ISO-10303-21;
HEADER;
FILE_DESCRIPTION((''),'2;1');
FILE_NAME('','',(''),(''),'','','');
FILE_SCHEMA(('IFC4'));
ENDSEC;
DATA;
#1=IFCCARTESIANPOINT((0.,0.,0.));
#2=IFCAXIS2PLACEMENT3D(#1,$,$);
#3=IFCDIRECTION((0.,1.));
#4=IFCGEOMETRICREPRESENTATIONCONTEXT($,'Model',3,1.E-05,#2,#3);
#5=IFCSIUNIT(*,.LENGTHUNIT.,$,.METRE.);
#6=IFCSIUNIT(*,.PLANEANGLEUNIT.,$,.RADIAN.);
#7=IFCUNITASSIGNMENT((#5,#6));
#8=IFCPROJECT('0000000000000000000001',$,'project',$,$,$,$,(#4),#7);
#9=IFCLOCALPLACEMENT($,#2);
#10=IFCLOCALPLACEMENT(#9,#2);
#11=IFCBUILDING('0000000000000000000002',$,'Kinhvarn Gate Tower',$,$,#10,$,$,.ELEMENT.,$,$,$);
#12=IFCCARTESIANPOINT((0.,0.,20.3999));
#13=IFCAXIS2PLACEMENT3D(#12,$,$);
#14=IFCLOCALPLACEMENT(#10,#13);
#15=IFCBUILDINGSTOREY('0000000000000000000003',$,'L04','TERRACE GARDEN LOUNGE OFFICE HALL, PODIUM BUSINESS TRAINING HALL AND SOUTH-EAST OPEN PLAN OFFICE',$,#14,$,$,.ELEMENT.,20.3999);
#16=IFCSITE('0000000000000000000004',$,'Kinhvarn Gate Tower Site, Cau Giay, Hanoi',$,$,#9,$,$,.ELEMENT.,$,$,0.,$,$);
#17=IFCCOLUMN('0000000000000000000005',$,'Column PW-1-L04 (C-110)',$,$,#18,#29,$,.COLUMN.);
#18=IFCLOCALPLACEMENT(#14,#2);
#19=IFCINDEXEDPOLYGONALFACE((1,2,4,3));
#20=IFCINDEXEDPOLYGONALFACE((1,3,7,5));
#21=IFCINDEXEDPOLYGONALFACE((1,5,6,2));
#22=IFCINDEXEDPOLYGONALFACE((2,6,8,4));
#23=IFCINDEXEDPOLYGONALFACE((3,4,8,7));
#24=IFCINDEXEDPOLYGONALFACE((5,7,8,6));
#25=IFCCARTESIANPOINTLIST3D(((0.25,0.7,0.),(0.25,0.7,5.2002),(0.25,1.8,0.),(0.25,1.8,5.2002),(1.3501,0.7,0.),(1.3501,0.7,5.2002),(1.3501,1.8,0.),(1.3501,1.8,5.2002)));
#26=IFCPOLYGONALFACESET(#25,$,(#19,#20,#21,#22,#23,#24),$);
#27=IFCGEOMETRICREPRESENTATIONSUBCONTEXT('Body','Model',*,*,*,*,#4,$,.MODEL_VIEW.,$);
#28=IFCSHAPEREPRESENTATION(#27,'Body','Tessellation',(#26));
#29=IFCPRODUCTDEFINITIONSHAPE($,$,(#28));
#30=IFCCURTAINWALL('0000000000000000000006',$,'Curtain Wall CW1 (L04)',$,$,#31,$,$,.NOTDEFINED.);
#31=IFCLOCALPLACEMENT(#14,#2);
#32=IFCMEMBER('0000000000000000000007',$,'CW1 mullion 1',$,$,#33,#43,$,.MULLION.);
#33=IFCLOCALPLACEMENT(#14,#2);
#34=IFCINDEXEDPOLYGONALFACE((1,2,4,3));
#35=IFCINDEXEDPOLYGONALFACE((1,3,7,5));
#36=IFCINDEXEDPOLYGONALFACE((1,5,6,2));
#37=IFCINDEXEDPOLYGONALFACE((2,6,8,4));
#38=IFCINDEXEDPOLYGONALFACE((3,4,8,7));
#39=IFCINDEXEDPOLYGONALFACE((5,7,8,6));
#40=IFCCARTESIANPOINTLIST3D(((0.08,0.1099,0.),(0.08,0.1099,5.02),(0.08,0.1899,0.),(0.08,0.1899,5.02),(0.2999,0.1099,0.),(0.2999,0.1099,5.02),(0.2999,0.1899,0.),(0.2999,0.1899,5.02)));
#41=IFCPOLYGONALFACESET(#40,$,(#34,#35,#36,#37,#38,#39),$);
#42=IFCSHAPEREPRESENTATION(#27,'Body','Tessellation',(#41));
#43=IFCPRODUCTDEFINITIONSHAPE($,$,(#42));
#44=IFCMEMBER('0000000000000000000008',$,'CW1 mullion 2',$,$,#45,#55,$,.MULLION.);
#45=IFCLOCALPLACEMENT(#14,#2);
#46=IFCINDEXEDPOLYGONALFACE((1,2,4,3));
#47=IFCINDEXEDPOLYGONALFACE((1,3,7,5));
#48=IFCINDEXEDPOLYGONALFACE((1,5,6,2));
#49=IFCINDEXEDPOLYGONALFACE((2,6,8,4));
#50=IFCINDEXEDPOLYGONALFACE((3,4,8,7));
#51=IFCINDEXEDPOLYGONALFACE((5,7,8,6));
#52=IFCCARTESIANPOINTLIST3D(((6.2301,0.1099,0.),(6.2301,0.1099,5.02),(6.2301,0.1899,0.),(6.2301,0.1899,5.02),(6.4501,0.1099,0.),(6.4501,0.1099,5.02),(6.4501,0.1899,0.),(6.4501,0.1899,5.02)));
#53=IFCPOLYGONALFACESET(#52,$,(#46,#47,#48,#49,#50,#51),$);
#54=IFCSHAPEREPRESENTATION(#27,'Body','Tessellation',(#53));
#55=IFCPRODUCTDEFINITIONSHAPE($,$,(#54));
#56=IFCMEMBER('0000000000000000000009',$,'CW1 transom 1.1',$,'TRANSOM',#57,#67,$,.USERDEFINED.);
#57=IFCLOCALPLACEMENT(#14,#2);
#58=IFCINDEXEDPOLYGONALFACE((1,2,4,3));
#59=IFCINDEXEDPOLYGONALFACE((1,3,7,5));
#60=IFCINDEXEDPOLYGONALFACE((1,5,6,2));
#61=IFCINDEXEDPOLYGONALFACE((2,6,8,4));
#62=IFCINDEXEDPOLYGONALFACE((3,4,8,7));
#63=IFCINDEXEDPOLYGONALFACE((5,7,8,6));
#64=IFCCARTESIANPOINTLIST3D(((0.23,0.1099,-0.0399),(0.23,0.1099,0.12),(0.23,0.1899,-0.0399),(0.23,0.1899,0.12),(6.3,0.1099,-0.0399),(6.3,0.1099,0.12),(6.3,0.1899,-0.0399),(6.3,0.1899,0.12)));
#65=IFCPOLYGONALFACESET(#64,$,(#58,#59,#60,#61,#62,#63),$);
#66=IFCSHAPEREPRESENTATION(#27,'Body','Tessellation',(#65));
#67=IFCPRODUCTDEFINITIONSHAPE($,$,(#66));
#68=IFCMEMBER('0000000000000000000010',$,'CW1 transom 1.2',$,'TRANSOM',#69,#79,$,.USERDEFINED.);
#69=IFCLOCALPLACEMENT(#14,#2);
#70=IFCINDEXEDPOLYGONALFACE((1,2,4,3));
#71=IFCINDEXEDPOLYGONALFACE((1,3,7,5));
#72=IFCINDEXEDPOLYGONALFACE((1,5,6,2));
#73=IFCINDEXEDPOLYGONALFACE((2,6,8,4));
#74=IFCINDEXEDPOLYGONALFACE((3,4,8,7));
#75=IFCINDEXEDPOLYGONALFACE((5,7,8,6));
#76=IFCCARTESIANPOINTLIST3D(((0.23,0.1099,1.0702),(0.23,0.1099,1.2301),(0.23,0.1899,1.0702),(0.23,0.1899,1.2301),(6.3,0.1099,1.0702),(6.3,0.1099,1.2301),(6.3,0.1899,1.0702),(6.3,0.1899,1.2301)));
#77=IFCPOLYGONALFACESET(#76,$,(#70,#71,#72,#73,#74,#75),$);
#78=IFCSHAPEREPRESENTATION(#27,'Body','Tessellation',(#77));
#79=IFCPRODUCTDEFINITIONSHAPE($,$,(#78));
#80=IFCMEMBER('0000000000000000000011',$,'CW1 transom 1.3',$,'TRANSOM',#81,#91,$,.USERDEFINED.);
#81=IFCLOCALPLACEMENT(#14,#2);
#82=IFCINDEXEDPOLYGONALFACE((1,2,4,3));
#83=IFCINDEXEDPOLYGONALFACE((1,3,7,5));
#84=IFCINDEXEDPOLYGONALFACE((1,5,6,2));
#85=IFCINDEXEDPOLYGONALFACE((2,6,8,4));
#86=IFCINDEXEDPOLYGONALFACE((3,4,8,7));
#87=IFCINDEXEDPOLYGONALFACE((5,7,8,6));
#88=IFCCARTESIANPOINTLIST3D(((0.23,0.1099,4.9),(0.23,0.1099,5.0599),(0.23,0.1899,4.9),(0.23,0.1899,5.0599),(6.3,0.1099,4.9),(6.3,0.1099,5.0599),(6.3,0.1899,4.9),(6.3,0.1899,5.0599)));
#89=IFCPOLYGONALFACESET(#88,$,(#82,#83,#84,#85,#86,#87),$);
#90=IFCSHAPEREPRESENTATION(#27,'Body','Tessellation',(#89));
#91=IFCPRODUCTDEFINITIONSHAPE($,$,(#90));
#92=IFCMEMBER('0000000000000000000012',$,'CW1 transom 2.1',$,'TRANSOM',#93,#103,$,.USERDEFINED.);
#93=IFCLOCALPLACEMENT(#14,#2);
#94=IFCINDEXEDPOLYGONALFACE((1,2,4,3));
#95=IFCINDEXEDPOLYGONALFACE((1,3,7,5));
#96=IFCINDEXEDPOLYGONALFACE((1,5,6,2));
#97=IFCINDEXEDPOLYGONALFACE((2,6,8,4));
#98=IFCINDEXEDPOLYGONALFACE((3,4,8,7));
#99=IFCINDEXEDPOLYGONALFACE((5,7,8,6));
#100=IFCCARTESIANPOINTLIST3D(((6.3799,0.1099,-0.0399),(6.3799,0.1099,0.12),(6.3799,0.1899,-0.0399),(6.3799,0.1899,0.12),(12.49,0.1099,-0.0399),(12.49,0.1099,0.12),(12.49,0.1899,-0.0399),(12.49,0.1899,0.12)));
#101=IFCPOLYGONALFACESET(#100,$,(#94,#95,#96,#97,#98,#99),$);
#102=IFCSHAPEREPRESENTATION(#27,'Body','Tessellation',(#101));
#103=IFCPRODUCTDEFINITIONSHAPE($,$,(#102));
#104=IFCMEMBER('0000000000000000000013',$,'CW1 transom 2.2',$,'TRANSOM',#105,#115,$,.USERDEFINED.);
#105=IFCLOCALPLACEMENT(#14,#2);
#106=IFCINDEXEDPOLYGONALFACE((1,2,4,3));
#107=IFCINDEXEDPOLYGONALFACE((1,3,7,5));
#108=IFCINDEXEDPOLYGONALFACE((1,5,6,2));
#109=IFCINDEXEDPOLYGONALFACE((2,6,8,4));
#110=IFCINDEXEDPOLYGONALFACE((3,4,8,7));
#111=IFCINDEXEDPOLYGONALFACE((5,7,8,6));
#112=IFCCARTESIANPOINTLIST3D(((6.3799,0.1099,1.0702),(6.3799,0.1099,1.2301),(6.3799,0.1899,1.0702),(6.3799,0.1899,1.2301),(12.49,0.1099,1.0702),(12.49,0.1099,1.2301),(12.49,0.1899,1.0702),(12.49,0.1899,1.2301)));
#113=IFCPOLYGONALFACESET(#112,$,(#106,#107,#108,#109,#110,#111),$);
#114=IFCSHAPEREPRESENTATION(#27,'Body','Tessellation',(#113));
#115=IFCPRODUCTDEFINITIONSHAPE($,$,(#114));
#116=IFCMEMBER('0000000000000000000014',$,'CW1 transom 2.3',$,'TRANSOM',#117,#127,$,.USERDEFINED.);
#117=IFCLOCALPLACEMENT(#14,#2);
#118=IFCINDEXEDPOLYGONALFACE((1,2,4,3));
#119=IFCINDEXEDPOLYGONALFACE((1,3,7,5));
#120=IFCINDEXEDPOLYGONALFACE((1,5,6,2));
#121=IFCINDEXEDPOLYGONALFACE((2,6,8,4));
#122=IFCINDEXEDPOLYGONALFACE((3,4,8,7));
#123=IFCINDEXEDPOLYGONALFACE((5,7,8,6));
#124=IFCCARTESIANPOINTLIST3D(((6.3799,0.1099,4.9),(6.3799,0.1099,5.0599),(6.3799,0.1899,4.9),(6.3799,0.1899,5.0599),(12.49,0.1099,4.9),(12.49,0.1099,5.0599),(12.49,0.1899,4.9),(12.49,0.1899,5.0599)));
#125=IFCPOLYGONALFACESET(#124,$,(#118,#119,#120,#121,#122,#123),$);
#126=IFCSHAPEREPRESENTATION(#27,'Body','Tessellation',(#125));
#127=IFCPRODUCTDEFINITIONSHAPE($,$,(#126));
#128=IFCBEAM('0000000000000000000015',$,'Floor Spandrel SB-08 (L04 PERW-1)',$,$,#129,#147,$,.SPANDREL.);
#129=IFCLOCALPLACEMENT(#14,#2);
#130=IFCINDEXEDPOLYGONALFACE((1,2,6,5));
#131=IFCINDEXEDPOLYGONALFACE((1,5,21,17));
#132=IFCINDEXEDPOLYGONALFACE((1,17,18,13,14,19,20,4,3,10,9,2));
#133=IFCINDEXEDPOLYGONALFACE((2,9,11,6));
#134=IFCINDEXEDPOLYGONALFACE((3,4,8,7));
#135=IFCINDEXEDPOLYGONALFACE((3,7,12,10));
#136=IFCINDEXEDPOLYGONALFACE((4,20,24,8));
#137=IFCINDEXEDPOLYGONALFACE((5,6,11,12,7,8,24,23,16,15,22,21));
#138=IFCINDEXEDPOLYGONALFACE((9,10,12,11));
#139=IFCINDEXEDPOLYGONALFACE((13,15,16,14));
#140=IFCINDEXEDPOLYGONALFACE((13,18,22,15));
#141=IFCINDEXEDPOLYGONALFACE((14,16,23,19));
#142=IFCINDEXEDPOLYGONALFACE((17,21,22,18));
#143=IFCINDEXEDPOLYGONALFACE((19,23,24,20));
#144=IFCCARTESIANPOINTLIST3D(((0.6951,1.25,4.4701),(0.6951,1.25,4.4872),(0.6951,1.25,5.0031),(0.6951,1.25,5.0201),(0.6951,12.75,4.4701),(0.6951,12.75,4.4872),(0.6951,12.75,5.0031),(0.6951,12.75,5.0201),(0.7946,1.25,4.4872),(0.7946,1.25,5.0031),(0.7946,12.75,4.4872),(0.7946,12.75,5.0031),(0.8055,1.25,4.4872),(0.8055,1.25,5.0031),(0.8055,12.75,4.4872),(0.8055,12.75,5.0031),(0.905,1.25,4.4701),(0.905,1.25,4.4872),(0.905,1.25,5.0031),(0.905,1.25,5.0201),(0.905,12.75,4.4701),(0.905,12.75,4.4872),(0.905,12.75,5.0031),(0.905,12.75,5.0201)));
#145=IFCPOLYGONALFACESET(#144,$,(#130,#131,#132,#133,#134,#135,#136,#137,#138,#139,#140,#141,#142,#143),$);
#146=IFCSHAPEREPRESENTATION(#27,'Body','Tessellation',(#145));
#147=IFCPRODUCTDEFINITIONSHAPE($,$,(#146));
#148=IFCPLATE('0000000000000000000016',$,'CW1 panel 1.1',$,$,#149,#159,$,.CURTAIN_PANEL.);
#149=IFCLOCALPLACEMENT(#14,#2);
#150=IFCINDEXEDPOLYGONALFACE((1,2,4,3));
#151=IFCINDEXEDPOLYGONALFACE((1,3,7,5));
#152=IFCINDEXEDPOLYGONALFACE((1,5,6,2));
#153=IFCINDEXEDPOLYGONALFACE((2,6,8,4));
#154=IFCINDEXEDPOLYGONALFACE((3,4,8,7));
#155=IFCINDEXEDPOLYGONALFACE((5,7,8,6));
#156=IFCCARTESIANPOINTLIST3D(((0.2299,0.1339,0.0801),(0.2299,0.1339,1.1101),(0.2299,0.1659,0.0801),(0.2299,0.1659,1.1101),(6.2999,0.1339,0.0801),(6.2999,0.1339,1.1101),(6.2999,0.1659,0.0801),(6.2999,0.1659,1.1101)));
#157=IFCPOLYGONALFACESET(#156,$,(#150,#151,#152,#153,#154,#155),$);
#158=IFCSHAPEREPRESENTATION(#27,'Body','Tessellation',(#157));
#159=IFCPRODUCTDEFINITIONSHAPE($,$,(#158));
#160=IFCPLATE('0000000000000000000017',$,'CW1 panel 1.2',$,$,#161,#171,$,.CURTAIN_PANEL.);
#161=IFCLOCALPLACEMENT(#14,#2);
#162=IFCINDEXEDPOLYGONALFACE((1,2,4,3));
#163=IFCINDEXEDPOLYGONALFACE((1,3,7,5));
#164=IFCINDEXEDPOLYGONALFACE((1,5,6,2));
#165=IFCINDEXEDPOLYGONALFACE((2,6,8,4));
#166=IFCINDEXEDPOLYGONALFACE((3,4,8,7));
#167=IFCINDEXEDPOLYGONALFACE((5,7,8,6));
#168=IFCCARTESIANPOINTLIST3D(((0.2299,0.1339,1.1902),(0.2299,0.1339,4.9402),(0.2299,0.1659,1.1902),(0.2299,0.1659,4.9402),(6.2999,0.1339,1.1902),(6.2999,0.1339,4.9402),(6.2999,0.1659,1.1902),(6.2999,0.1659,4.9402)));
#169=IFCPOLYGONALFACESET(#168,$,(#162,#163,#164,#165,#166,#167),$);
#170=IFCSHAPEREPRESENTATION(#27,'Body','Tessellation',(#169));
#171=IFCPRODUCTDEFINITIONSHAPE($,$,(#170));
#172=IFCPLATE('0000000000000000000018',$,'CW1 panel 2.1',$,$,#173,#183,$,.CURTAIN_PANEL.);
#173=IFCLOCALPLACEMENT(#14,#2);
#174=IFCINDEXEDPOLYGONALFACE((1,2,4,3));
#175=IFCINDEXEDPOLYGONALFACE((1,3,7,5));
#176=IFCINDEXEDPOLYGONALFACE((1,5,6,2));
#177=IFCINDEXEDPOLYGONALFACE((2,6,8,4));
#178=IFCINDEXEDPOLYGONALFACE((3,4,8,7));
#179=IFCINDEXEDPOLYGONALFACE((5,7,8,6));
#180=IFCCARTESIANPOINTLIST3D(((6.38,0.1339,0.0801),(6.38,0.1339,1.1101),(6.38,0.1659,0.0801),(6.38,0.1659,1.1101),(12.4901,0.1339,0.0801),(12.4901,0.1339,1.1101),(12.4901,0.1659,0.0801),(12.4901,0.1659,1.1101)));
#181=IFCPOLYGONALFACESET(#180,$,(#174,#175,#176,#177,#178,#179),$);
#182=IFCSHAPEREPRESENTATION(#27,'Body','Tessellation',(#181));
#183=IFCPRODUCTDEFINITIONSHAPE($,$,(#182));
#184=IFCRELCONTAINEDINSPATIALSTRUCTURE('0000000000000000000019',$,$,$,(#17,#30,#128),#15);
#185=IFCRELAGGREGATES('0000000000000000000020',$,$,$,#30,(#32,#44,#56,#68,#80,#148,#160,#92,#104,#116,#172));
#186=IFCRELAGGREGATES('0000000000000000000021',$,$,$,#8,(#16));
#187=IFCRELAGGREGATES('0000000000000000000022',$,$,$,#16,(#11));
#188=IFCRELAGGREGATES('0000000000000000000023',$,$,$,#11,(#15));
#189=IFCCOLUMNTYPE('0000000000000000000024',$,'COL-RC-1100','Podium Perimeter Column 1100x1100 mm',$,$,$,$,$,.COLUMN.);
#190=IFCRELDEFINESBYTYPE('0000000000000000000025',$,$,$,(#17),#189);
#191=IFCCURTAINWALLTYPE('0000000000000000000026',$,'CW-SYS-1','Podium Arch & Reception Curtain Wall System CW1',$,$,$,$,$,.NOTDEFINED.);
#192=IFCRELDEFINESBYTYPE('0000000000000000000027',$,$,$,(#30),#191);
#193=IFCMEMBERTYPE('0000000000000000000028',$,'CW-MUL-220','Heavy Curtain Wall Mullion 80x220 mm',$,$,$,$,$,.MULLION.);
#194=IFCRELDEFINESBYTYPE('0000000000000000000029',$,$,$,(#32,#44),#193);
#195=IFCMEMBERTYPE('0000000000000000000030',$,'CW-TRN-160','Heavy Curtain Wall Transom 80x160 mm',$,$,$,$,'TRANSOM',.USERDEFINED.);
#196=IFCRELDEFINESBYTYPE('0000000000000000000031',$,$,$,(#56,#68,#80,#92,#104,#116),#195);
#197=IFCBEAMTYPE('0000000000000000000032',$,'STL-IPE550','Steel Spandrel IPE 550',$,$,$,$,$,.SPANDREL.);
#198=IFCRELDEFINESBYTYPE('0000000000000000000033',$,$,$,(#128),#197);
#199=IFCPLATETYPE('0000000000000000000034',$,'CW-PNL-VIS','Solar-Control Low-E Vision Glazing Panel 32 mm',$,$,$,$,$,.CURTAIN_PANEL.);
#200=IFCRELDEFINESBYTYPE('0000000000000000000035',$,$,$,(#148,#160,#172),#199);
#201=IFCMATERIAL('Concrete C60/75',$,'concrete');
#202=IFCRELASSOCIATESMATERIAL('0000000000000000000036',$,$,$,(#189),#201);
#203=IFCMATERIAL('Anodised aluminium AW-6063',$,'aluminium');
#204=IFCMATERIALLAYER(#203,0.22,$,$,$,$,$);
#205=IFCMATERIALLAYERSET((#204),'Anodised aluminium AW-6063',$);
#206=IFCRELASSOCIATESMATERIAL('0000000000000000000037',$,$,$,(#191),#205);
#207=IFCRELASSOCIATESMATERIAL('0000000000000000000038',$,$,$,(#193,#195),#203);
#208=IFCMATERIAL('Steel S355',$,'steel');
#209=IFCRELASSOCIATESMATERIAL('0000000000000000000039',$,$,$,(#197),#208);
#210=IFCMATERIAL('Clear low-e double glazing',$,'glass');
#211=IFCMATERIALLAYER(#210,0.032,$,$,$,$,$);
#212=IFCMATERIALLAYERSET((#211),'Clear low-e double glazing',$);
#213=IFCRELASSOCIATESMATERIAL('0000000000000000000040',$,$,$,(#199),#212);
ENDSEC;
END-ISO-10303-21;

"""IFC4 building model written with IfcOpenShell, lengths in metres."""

from ifc_helpers import new_model, si_unit, direction, frame, origin, origin_2d, place, context, subcontext, project, spatial, rectangle, i_section, extrude, material, layer, layer_set, material_profile, profile_set, type_object, element, aggregate, save


model = new_model("IFC4")

# Units and contexts
model_context = context("Model", 3, precision=1e-05, world=origin(), true_north=direction((0.0, 1.0)))
body_context = subcontext(model_context, "Body", "Model", "MODEL_VIEW")
ifc_project = project(units=[si_unit("LENGTHUNIT", "METRE"), si_unit("PLANEANGLEUNIT", "RADIAN")], contexts=[model_context])

# Site, building, storey
site_placement = place(None, origin())
site = spatial("IfcSite", under=ifc_project, at=site_placement, Name="Kinhvarn Gate Tower Site, Cau Giay, Hanoi", CompositionType="ELEMENT", RefElevation=0.0)
building_placement = place(site_placement, origin())
building = spatial("IfcBuilding", under=site, at=building_placement, Name="Kinhvarn Gate Tower", CompositionType="ELEMENT")
storey_placement = place(building_placement, frame((0.0, 0.0, 20.3999)))
storey = spatial("IfcBuildingStorey", under=building, at=storey_placement, Name="L04", Description="TERRACE GARDEN LOUNGE OFFICE HALL, PODIUM BUSINESS TRAINING HALL AND SOUTH-EAST OPEN PLAN OFFICE", CompositionType="ELEMENT", Elevation=20.3999)

# Column
ifc_material_1 = material(Name="Concrete C60/75", Category="concrete")
ifc_material_profile_1 = material_profile(ifc_material_1, rectangle(XDim=1.1001, YDim=1.1001, at=origin_2d()), Name="RC 1100x1100")
ifc_profile_set_1 = profile_set([ifc_material_profile_1], Name="Concrete C60/75")
column_type = type_object("IfcColumnType", Name="COL-RC-1100", Description="Podium Perimeter Column 1100x1100 mm", PredefinedType="COLUMN", material=ifc_profile_set_1)
column_placement = place(storey_placement, frame((0.8, 1.25, 0.0), z_axis=(0.0, 0.0, 1.0), x_axis=(1.0, 0.0, 0.0)))
element("IfcColumn", 1, at=column_placement, inside=storey, type_object=column_type, Name="Column PW-1-L04 (C-110)", PredefinedType="COLUMN", context=body_context, shape_type="SweptSolid", body=[
    extrude(rectangle(XDim=1.1001, YDim=1.1001, at=origin_2d()), origin(), (0.0, 0.0, 1.0), 5.2002),
])

# Curtain wall, members
ifc_material_2 = material(Name="Anodised aluminium AW-6063", Category="aluminium")
ifc_layer_1 = layer(ifc_material_2, 0.22)
ifc_layer_set_1 = layer_set([ifc_layer_1], Name="Anodised aluminium AW-6063")
curtain_wall_type = type_object("IfcCurtainWallType", Name="CW-SYS-1", Description="Podium Arch & Reception Curtain Wall System CW1", PredefinedType="NOTDEFINED", material=ifc_layer_set_1)
curtain_wall_placement = place(storey_placement, origin())
curtain_wall = element("IfcCurtainWall", 2, at=curtain_wall_placement, inside=storey, type_object=curtain_wall_type, Name="Curtain Wall CW1 (L04)", PredefinedType="NOTDEFINED")
ifc_material_profile_2 = material_profile(ifc_material_2, rectangle(XDim=0.0801, YDim=0.22, at=origin_2d()), Name="ALU 80x220")
ifc_profile_set_2 = profile_set([ifc_material_profile_2], Name="Anodised aluminium AW-6063")
member_type_1 = type_object("IfcMemberType", Name="CW-MUL-220", Description="Heavy Curtain Wall Mullion 80x220 mm", PredefinedType="MULLION", material=ifc_profile_set_2)
member_1_placement = place(storey_placement, frame((0.1899, 0.1499, 0.0), z_axis=(0.0, 0.0, 1.0), x_axis=(0.0, 1.0, 0.0)))
member_1 = element("IfcMember", 3, at=member_1_placement, type_object=member_type_1, Name="CW1 mullion 1", PredefinedType="MULLION", context=body_context, shape_type="SweptSolid", body=[
    extrude(rectangle(XDim=0.0801, YDim=0.22, at=origin_2d()), origin(), (0.0, 0.0, 1.0), 5.02),
])
member_2_placement = place(storey_placement, frame((6.3401, 0.1499, 0.0), z_axis=(0.0, 0.0, 1.0), x_axis=(0.0, 1.0, 0.0)))
member_2 = element("IfcMember", 4, at=member_2_placement, type_object=member_type_1, Name="CW1 mullion 2", PredefinedType="MULLION", context=body_context, shape_type="SweptSolid", body=[
    extrude(rectangle(XDim=0.0801, YDim=0.22, at=origin_2d()), origin(), (0.0, 0.0, 1.0), 5.02),
])
ifc_material_profile_3 = material_profile(ifc_material_2, rectangle(XDim=0.0801, YDim=0.1599, at=origin_2d()), Name="ALU 80x160")
ifc_profile_set_3 = profile_set([ifc_material_profile_3], Name="Anodised aluminium AW-6063")
member_type_2 = type_object("IfcMemberType", Name="CW-TRN-160", Description="Heavy Curtain Wall Transom 80x160 mm", ElementType="TRANSOM", PredefinedType="USERDEFINED", material=ifc_profile_set_3)
member_3_placement = place(storey_placement, frame((0.23, 0.1499, 0.04), z_axis=(1.0, 0.0, 0.0), x_axis=(0.0, 1.0, 0.0)))
member_3 = element("IfcMember", 5, at=member_3_placement, type_object=member_type_2, Name="CW1 transom 1.1", ObjectType="TRANSOM", PredefinedType="USERDEFINED", context=body_context, shape_type="SweptSolid", body=[
    extrude(rectangle(XDim=0.0801, YDim=0.1599, at=origin_2d()), origin(), (0.0, 0.0, 1.0), 6.0701),
])
member_4_placement = place(storey_placement, frame((0.23, 0.1499, 1.1501), z_axis=(1.0, 0.0, 0.0), x_axis=(0.0, 1.0, 0.0)))
member_4 = element("IfcMember", 6, at=member_4_placement, type_object=member_type_2, Name="CW1 transom 1.2", ObjectType="TRANSOM", PredefinedType="USERDEFINED", context=body_context, shape_type="SweptSolid", body=[
    extrude(rectangle(XDim=0.0801, YDim=0.1599, at=origin_2d()), origin(), (0.0, 0.0, 1.0), 6.0701),
])
member_5_placement = place(storey_placement, frame((0.23, 0.1499, 4.98), z_axis=(1.0, 0.0, 0.0), x_axis=(0.0, 1.0, 0.0)))
member_5 = element("IfcMember", 7, at=member_5_placement, type_object=member_type_2, Name="CW1 transom 1.3", ObjectType="TRANSOM", PredefinedType="USERDEFINED", context=body_context, shape_type="SweptSolid", body=[
    extrude(rectangle(XDim=0.0801, YDim=0.1599, at=origin_2d()), origin(), (0.0, 0.0, 1.0), 6.0701),
])
member_6_placement = place(storey_placement, frame((6.3799, 0.1499, 0.04), z_axis=(1.0, 0.0, 0.0), x_axis=(0.0, 1.0, 0.0)))
member_6 = element("IfcMember", 8, at=member_6_placement, type_object=member_type_2, Name="CW1 transom 2.1", ObjectType="TRANSOM", PredefinedType="USERDEFINED", context=body_context, shape_type="SweptSolid", body=[
    extrude(rectangle(XDim=0.0801, YDim=0.1599, at=origin_2d()), origin(), (0.0, 0.0, 1.0), 6.1101),
])
member_7_placement = place(storey_placement, frame((6.3799, 0.1499, 1.1501), z_axis=(1.0, 0.0, 0.0), x_axis=(0.0, 1.0, 0.0)))
member_7 = element("IfcMember", 9, at=member_7_placement, type_object=member_type_2, Name="CW1 transom 2.2", ObjectType="TRANSOM", PredefinedType="USERDEFINED", context=body_context, shape_type="SweptSolid", body=[
    extrude(rectangle(XDim=0.0801, YDim=0.1599, at=origin_2d()), origin(), (0.0, 0.0, 1.0), 6.1101),
])
member_8_placement = place(storey_placement, frame((6.3799, 0.1499, 4.98), z_axis=(1.0, 0.0, 0.0), x_axis=(0.0, 1.0, 0.0)))
member_8 = element("IfcMember", 10, at=member_8_placement, type_object=member_type_2, Name="CW1 transom 2.3", ObjectType="TRANSOM", PredefinedType="USERDEFINED", context=body_context, shape_type="SweptSolid", body=[
    extrude(rectangle(XDim=0.0801, YDim=0.1599, at=origin_2d()), origin(), (0.0, 0.0, 1.0), 6.1101),
])

# Beam
ifc_material_3 = material(Name="Steel S355", Category="steel")
ifc_material_profile_4 = material_profile(ifc_material_3, i_section(OverallWidth=0.21, OverallDepth=0.55, WebThickness=0.011, FlangeThickness=0.0171, at=origin_2d()), Name="IPE 550")
ifc_profile_set_4 = profile_set([ifc_material_profile_4], Name="Steel S355")
beam_type = type_object("IfcBeamType", Name="STL-IPE550", Description="Steel Spandrel IPE 550", PredefinedType="SPANDREL", material=ifc_profile_set_4)
beam_placement = place(storey_placement, frame((0.8, 1.25, 4.7451), z_axis=(0.0, 1.0, 0.0), x_axis=(-1.0, 0.0, 0.0)))
element("IfcBeam", 11, at=beam_placement, inside=storey, type_object=beam_type, Name="Floor Spandrel SB-08 (L04 PERW-1)", PredefinedType="SPANDREL", context=body_context, shape_type="SweptSolid", body=[
    extrude(i_section(OverallWidth=0.21, OverallDepth=0.55, WebThickness=0.011, FlangeThickness=0.0171, at=origin_2d()), origin(), (0.0, 0.0, 1.0), 11.5),
])

# Plates
ifc_material_4 = material(Name="Clear low-e double glazing", Category="glass")
ifc_layer_2 = layer(ifc_material_4, 0.032)
ifc_layer_set_2 = layer_set([ifc_layer_2], Name="Clear low-e double glazing")
plate_type_1 = type_object("IfcPlateType", Name="CW-PNL-VIS", Description="Solar-Control Low-E Vision Glazing Panel 32 mm", PredefinedType="CURTAIN_PANEL", material=ifc_layer_set_2)
plate_1_placement = place(storey_placement, frame((3.2649, 0.1499, 0.0801), z_axis=(0.0, 0.0, 1.0), x_axis=(1.0, 0.0, 0.0)))
plate_1 = element("IfcPlate", 12, at=plate_1_placement, type_object=plate_type_1, Name="CW1 panel 1.1", PredefinedType="CURTAIN_PANEL", context=body_context, shape_type="SweptSolid", body=[
    extrude(rectangle(XDim=6.0701, YDim=0.032, at=origin_2d()), origin(), (0.0, 0.0, 1.0), 1.03),
])
plate_2_placement = place(storey_placement, frame((3.2649, 0.1499, 1.1902), z_axis=(0.0, 0.0, 1.0), x_axis=(1.0, 0.0, 0.0)))
plate_2 = element("IfcPlate", 13, at=plate_2_placement, type_object=plate_type_1, Name="CW1 panel 1.2", PredefinedType="CURTAIN_PANEL", context=body_context, shape_type="SweptSolid", body=[
    extrude(rectangle(XDim=6.0701, YDim=0.032, at=origin_2d()), origin(), (0.0, 0.0, 1.0), 3.75),
])
plate_3_placement = place(storey_placement, frame((9.4351, 0.1499, 0.0801), z_axis=(0.0, 0.0, 1.0), x_axis=(1.0, 0.0, 0.0)))
plate_3 = element("IfcPlate", 14, at=plate_3_placement, type_object=plate_type_1, Name="CW1 panel 2.1", PredefinedType="CURTAIN_PANEL", context=body_context, shape_type="SweptSolid", body=[
    extrude(rectangle(XDim=6.1101, YDim=0.032, at=origin_2d()), origin(), (0.0, 0.0, 1.0), 1.03),
])
aggregate(curtain_wall, [member_1, member_2, member_3, member_4, member_5, plate_1, plate_2, member_6, member_7, member_8, plate_3])

save(model, "model.ifc")
